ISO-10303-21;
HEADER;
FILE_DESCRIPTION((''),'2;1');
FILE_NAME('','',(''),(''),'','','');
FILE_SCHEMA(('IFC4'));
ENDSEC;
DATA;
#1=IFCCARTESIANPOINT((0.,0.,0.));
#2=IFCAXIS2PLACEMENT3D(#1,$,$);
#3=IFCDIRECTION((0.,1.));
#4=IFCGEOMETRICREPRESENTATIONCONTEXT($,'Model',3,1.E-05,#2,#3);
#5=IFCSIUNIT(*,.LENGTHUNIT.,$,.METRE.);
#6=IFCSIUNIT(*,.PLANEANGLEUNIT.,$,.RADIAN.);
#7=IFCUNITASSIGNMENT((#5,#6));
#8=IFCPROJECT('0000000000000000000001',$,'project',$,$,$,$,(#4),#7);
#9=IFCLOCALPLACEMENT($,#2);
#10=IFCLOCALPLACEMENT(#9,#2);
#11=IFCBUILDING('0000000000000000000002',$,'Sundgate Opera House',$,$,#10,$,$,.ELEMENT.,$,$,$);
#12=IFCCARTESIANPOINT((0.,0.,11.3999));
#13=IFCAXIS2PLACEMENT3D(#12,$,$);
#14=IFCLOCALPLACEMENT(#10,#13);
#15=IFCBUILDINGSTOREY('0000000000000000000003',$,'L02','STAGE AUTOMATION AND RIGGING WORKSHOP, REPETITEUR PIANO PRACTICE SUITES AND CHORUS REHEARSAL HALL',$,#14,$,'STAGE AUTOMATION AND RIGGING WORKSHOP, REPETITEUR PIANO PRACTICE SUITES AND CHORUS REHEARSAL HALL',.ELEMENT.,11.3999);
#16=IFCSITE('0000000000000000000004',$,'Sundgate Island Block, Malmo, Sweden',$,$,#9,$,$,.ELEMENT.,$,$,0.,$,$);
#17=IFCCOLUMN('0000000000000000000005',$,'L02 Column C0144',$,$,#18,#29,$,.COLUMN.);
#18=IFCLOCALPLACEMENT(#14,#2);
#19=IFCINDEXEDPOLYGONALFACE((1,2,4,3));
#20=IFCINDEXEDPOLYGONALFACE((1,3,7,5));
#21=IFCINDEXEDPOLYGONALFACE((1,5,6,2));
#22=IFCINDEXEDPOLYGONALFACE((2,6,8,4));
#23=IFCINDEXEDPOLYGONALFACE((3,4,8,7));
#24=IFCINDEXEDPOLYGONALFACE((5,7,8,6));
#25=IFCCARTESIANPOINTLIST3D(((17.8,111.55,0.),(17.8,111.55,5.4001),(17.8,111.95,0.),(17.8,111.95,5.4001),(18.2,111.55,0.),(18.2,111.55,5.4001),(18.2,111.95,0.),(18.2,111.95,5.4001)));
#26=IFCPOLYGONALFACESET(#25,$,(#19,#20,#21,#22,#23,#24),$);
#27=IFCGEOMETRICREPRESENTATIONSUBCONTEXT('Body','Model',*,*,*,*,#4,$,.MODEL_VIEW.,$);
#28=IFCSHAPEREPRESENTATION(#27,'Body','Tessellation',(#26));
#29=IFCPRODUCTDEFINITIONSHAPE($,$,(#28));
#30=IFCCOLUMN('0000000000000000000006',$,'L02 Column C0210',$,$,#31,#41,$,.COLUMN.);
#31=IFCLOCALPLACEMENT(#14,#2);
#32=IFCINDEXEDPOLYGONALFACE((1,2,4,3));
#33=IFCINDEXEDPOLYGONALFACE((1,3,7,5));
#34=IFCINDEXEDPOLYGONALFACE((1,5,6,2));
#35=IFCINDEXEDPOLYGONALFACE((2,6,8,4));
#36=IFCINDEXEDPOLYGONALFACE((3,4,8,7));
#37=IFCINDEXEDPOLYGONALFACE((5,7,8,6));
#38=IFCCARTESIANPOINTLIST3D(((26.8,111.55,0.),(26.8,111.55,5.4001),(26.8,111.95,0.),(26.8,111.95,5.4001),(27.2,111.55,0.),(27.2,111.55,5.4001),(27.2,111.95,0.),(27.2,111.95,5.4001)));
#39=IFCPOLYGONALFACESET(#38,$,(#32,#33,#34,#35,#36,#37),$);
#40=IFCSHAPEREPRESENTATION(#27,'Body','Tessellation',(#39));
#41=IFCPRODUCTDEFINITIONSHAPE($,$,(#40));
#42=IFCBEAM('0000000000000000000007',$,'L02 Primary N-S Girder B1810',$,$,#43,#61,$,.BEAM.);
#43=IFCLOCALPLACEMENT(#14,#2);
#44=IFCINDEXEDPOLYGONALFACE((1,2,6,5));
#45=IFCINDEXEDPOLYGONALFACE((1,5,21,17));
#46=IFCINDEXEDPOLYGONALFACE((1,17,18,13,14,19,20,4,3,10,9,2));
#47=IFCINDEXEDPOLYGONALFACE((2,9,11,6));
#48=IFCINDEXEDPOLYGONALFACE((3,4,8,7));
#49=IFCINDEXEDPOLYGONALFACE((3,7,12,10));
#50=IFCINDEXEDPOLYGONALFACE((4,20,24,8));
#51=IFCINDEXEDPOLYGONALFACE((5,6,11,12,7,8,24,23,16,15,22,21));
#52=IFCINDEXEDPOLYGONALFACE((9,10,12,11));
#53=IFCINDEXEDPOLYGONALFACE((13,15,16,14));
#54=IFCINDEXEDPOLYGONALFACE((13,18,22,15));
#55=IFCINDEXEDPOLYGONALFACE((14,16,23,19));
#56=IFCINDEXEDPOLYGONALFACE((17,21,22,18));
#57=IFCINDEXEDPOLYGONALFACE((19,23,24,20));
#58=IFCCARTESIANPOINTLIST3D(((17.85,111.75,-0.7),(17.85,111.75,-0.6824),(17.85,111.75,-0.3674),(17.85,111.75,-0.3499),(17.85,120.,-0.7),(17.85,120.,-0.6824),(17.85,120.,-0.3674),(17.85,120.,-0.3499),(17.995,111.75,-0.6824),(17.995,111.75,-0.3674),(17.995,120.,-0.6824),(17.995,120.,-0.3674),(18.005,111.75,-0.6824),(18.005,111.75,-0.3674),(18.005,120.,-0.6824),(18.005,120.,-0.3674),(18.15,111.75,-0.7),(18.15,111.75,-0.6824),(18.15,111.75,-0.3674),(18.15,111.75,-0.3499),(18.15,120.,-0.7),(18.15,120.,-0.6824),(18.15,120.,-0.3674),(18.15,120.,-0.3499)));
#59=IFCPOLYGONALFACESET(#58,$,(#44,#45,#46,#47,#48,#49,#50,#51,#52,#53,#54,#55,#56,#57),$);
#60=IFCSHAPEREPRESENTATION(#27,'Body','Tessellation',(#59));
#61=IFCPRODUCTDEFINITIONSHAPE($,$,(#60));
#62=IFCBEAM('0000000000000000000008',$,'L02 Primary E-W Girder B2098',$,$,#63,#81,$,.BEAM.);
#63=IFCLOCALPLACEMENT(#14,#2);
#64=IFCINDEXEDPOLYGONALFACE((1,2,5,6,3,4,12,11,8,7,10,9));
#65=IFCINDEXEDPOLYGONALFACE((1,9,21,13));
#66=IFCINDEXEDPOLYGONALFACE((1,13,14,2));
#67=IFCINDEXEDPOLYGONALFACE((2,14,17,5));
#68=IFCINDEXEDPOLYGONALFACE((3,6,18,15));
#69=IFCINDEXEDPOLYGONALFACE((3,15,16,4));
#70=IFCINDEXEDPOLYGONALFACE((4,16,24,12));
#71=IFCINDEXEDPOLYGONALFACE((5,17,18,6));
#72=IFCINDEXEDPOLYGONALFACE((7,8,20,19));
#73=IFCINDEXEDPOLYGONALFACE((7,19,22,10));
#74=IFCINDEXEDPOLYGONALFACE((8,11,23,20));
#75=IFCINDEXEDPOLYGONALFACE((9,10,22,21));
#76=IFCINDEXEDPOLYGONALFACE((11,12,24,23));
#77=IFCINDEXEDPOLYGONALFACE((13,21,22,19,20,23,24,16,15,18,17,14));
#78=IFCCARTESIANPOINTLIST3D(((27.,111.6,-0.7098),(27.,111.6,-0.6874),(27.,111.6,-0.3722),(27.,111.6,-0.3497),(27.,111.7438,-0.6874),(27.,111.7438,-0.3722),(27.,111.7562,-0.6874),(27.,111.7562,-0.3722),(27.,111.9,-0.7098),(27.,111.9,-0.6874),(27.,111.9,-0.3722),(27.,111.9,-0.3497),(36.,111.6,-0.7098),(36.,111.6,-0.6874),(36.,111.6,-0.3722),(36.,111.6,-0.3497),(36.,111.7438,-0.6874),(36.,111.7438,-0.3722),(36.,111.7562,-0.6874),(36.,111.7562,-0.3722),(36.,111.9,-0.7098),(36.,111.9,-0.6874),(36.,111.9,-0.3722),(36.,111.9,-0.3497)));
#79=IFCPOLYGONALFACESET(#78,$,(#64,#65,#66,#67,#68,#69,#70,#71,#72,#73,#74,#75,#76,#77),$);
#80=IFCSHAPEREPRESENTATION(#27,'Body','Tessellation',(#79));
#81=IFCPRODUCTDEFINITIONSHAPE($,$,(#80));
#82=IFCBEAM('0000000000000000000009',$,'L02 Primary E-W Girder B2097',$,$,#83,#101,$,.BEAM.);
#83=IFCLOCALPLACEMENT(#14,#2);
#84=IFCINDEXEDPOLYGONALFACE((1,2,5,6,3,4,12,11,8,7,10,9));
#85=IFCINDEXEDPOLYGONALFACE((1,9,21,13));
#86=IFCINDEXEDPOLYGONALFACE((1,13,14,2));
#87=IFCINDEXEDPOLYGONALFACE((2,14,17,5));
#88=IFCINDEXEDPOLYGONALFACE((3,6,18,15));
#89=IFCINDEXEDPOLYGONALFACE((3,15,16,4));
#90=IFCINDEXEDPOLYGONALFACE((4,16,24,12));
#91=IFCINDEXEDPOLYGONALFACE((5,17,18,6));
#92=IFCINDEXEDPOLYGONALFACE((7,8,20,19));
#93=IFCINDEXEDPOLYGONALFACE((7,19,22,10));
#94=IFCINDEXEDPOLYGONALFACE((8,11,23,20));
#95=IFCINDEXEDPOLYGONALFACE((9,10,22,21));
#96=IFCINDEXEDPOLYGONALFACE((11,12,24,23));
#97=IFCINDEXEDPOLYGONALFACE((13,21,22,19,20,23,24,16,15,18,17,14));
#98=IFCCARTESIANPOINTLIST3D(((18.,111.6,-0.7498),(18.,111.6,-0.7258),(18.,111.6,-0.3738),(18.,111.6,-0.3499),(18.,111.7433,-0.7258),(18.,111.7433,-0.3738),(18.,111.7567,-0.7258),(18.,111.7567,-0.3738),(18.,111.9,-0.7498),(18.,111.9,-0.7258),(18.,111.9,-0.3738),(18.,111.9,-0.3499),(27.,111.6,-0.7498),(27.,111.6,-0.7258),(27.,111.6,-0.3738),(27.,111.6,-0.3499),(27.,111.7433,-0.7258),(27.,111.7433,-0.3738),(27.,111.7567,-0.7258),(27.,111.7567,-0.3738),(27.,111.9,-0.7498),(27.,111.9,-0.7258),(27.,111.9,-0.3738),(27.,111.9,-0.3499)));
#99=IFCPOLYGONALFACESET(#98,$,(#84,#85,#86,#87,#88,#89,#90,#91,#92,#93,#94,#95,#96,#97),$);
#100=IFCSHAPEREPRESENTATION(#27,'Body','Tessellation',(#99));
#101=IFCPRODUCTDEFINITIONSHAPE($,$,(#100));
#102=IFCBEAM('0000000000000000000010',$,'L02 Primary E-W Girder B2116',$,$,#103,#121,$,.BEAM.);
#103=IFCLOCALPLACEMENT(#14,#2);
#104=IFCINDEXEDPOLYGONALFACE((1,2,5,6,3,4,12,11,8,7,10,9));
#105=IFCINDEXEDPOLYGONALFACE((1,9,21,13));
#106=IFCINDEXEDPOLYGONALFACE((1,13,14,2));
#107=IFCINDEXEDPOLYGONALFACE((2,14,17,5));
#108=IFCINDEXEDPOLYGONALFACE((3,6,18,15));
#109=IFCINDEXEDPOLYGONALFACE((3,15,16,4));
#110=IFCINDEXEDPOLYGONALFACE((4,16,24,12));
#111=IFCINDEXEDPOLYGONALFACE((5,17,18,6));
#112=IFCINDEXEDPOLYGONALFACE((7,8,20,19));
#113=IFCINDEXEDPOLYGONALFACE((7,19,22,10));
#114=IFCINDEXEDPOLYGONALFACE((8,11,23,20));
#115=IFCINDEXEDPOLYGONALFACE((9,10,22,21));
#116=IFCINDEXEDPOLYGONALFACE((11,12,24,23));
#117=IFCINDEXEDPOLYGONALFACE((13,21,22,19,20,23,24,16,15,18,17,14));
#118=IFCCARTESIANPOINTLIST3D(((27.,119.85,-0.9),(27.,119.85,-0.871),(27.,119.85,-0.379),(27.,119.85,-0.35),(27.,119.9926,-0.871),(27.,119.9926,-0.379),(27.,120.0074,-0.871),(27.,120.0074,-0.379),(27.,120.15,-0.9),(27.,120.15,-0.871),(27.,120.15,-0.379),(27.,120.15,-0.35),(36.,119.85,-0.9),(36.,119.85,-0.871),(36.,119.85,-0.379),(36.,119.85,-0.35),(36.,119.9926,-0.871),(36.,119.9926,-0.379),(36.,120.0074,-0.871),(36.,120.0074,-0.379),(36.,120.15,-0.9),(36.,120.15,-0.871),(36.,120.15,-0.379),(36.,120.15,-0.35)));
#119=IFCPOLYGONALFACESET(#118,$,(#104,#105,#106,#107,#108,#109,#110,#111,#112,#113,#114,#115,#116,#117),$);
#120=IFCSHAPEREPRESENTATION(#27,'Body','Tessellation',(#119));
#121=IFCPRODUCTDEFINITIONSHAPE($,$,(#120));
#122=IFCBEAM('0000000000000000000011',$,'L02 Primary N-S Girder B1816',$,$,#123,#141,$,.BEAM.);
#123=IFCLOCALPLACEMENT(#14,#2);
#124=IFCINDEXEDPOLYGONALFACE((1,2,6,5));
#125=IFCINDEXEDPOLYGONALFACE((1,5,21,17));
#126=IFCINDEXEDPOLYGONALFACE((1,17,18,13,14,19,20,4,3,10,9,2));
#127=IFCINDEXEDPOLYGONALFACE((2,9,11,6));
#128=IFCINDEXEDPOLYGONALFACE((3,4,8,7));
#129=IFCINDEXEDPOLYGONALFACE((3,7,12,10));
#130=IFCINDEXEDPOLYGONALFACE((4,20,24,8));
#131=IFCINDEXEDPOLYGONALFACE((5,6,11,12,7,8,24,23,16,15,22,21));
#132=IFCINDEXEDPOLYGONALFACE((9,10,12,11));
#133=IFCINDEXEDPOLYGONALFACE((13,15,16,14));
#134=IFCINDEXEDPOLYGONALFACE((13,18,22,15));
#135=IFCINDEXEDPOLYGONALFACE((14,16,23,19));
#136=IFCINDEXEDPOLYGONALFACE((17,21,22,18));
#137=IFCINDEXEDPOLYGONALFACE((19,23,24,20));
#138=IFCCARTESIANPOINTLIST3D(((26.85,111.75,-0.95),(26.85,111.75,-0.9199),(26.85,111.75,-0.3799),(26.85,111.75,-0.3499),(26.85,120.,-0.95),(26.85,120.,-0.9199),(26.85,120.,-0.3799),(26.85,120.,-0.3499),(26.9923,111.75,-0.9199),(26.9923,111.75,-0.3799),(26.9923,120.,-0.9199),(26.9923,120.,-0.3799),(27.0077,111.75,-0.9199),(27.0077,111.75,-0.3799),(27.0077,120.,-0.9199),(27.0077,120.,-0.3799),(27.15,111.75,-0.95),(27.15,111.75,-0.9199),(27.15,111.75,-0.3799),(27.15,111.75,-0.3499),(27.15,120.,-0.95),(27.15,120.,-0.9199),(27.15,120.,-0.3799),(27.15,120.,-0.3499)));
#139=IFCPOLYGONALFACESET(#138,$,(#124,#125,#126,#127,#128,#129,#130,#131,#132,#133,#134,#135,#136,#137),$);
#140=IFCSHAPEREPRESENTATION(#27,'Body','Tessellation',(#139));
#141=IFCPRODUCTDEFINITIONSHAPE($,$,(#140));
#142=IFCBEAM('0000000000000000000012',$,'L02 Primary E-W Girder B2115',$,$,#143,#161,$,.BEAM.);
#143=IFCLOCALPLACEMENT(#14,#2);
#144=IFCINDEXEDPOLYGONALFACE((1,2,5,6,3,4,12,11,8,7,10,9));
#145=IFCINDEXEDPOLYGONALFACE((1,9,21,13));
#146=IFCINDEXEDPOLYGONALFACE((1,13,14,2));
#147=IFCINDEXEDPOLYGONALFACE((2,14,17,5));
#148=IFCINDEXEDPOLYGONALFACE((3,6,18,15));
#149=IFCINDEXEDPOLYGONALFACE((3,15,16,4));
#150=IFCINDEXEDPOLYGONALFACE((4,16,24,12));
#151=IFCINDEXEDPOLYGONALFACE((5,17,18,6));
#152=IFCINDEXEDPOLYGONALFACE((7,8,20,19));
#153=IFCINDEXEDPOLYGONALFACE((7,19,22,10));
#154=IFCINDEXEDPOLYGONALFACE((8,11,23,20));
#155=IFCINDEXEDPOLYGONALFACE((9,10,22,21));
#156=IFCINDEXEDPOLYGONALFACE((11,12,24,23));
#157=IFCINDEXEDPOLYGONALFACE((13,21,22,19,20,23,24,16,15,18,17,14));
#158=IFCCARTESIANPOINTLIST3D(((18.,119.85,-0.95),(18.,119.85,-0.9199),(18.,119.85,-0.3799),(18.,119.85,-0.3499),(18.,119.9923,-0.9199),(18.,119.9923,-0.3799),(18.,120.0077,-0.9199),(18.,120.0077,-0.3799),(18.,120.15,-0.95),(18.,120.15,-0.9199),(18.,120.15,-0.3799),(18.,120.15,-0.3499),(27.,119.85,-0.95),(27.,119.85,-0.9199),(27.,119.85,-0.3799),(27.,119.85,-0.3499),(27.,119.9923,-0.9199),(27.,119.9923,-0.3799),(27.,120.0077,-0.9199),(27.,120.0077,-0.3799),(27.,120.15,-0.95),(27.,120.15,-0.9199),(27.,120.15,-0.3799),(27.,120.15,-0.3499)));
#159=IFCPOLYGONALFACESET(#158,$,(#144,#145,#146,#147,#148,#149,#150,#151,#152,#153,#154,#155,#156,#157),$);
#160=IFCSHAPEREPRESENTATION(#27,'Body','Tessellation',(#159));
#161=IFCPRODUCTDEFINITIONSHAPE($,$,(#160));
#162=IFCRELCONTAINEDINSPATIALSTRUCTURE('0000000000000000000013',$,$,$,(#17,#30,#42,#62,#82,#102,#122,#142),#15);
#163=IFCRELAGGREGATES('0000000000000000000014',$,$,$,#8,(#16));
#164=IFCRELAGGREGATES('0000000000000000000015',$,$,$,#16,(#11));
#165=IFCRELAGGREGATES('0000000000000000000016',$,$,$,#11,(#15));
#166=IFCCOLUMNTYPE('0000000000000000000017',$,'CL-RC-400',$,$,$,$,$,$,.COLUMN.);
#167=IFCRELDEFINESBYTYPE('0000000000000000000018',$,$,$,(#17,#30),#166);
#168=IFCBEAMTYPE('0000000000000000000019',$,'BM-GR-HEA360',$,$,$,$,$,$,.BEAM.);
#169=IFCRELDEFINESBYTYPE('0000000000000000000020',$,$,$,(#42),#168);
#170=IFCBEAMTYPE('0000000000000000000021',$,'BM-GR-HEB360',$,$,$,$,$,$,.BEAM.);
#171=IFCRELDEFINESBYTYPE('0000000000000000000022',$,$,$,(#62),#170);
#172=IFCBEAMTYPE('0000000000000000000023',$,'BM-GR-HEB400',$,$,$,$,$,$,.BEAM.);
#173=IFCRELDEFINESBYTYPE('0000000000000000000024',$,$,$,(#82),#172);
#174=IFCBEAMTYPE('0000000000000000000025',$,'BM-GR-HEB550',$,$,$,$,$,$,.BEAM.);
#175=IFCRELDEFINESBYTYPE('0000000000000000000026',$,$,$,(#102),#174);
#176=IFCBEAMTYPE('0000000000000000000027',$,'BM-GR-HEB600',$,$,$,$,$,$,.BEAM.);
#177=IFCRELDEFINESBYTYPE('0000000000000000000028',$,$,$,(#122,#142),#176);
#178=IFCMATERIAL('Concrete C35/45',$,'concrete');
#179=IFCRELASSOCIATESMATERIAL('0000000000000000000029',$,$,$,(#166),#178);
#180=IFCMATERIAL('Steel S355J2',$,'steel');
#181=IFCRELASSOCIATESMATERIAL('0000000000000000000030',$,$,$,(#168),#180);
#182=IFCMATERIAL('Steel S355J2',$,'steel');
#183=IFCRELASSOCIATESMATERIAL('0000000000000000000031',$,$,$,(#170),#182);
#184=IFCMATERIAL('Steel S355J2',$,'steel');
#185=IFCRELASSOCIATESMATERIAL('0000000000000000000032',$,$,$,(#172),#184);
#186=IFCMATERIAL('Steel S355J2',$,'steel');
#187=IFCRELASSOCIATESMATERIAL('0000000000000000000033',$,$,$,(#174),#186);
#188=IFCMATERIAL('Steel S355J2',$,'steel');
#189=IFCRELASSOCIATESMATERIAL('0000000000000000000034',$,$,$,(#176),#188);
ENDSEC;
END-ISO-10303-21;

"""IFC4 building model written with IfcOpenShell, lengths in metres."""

from ifc_helpers import new_model, si_unit, direction, frame, origin, origin_2d, place, context, subcontext, project, spatial, rectangle, i_section, extrude, material, material_profile, profile_set, type_object, element, save


model = new_model("IFC4")

# Units and contexts
model_context = context("Model", 3, precision=1e-05, world=origin(), true_north=direction((0.0, 1.0)))
body_context = subcontext(model_context, "Body", "Model", "MODEL_VIEW")
ifc_project = project(units=[si_unit("LENGTHUNIT", "METRE"), si_unit("PLANEANGLEUNIT", "RADIAN")], contexts=[model_context])

# Site, building, storey
site_placement = place(None, origin())
site = spatial("IfcSite", under=ifc_project, at=site_placement, Name="Sundgate Island Block, Malmo, Sweden", CompositionType="ELEMENT", RefElevation=0.0)
building_placement = place(site_placement, origin())
building = spatial("IfcBuilding", under=site, at=building_placement, Name="Sundgate Opera House", CompositionType="ELEMENT")
storey_placement = place(building_placement, frame((0.0, 0.0, 11.3999)))
storey = spatial("IfcBuildingStorey", under=building, at=storey_placement, Name="L02", Description="STAGE AUTOMATION AND RIGGING WORKSHOP, REPETITEUR PIANO PRACTICE SUITES AND CHORUS REHEARSAL HALL", LongName="STAGE AUTOMATION AND RIGGING WORKSHOP, REPETITEUR PIANO PRACTICE SUITES AND CHORUS REHEARSAL HALL", CompositionType="ELEMENT", Elevation=11.3999)

# Columns
ifc_material_1 = material(Name="Concrete C35/45", Category="concrete")
ifc_material_profile_1 = material_profile(ifc_material_1, rectangle(XDim=0.3999, YDim=0.3999, at=origin_2d()), Name="RC 400x400")
ifc_profile_set_1 = profile_set([ifc_material_profile_1], Name="Concrete C35/45")
column_type = type_object("IfcColumnType", Name="CL-RC-400", PredefinedType="COLUMN", material=ifc_profile_set_1)
for number, where, z_axis, x_axis, name in (
    (1, (18.0, 111.75, 0.0), (0.0, 0.0, 1.0), (1.0, 0.0, 0.0), "L02 Column C0144"),
    (2, (27.0, 111.75, 0.0), (0.0, 0.0, 1.0), (1.0, 0.0, 0.0), "L02 Column C0210"),
):
    element("IfcColumn", number, at=place(storey_placement, frame(where, z_axis=z_axis, x_axis=x_axis)), inside=storey, type_object=column_type, Name=name, PredefinedType="COLUMN", context=body_context, shape_type="SweptSolid", body=[
        extrude(rectangle(XDim=0.3999, YDim=0.3999, at=origin_2d()), origin(), (0.0, 0.0, 1.0), 5.4001),
    ])

# Beams
ifc_material_2 = material(Name="Steel S355J2", Category="steel")
ifc_material_profile_2 = material_profile(ifc_material_2, i_section(OverallWidth=0.3, OverallDepth=0.3501, WebThickness=0.01, FlangeThickness=0.0176, at=origin_2d()), Name="HEA 360")
ifc_profile_set_2 = profile_set([ifc_material_profile_2], Name="Steel S355J2")
beam_type_1 = type_object("IfcBeamType", Name="BM-GR-HEA360", PredefinedType="BEAM", material=ifc_profile_set_2)
beam_1_placement = place(storey_placement, frame((18.0, 111.75, -0.5249), z_axis=(0.0, 1.0, 0.0), x_axis=(-1.0, 0.0, 0.0)))
element("IfcBeam", 3, at=beam_1_placement, inside=storey, type_object=beam_type_1, Name="L02 Primary N-S Girder B1810", PredefinedType="BEAM", context=body_context, shape_type="SweptSolid", body=[
    extrude(i_section(OverallWidth=0.3, OverallDepth=0.3501, WebThickness=0.01, FlangeThickness=0.0176, at=origin_2d()), origin(), (0.0, 0.0, 1.0), 8.25),
])
ifc_material_3 = material(Name="Steel S355J2", Category="steel")
ifc_material_profile_3 = material_profile(ifc_material_3, i_section(OverallWidth=0.3, OverallDepth=0.3601, WebThickness=0.0125, FlangeThickness=0.0225, at=origin_2d()), Name="HEB 360")
ifc_profile_set_3 = profile_set([ifc_material_profile_3], Name="Steel S355J2")
beam_type_2 = type_object("IfcBeamType", Name="BM-GR-HEB360", PredefinedType="BEAM", material=ifc_profile_set_3)
beam_2_placement = place(storey_placement, frame((27.0, 111.75, -0.5298), z_axis=(1.0, 0.0, 0.0), x_axis=(0.0, 1.0, 0.0)))
element("IfcBeam", 4, at=beam_2_placement, inside=storey, type_object=beam_type_2, Name="L02 Primary E-W Girder B2098", PredefinedType="BEAM", context=body_context, shape_type="SweptSolid", body=[
    extrude(i_section(OverallWidth=0.3, OverallDepth=0.3601, WebThickness=0.0125, FlangeThickness=0.0225, at=origin_2d()), origin(), (0.0, 0.0, 1.0), 9.0),
])
ifc_material_4 = material(Name="Steel S355J2", Category="steel")
ifc_material_profile_4 = material_profile(ifc_material_4, i_section(OverallWidth=0.3, OverallDepth=0.3999, WebThickness=0.0134, FlangeThickness=0.0239, at=origin_2d()), Name="HEB 400")
ifc_profile_set_4 = profile_set([ifc_material_profile_4], Name="Steel S355J2")
beam_type_3 = type_object("IfcBeamType", Name="BM-GR-HEB400", PredefinedType="BEAM", material=ifc_profile_set_4)
beam_3_placement = place(storey_placement, frame((18.0, 111.75, -0.5498), z_axis=(1.0, 0.0, 0.0), x_axis=(0.0, 1.0, 0.0)))
element("IfcBeam", 5, at=beam_3_placement, inside=storey, type_object=beam_type_3, Name="L02 Primary E-W Girder B2097", PredefinedType="BEAM", context=body_context, shape_type="SweptSolid", body=[
    extrude(i_section(OverallWidth=0.3, OverallDepth=0.3999, WebThickness=0.0134, FlangeThickness=0.0239, at=origin_2d()), origin(), (0.0, 0.0, 1.0), 9.0),
])
ifc_material_5 = material(Name="Steel S355J2", Category="steel")
ifc_material_profile_5 = material_profile(ifc_material_5, i_section(OverallWidth=0.3, OverallDepth=0.55, WebThickness=0.0149, FlangeThickness=0.0291, at=origin_2d()), Name="HEB 550")
ifc_profile_set_5 = profile_set([ifc_material_profile_5], Name="Steel S355J2")
beam_type_4 = type_object("IfcBeamType", Name="BM-GR-HEB550", PredefinedType="BEAM", material=ifc_profile_set_5)
beam_4_placement = place(storey_placement, frame((27.0, 120.0, -0.625), z_axis=(1.0, 0.0, 0.0), x_axis=(0.0, 1.0, 0.0)))
element("IfcBeam", 6, at=beam_4_placement, inside=storey, type_object=beam_type_4, Name="L02 Primary E-W Girder B2116", PredefinedType="BEAM", context=body_context, shape_type="SweptSolid", body=[
    extrude(i_section(OverallWidth=0.3, OverallDepth=0.55, WebThickness=0.0149, FlangeThickness=0.0291, at=origin_2d()), origin(), (0.0, 0.0, 1.0), 9.0),
])
ifc_material_6 = material(Name="Steel S355J2", Category="steel")
ifc_material_profile_6 = material_profile(ifc_material_6, i_section(OverallWidth=0.3, OverallDepth=0.6001, WebThickness=0.0154, FlangeThickness=0.03, at=origin_2d()), Name="HEB 600")
ifc_profile_set_6 = profile_set([ifc_material_profile_6], Name="Steel S355J2")
beam_type_5 = type_object("IfcBeamType", Name="BM-GR-HEB600", PredefinedType="BEAM", material=ifc_profile_set_6)
beam_5_placement = place(storey_placement, frame((27.0, 111.75, -0.6499), z_axis=(0.0, 1.0, 0.0), x_axis=(-1.0, 0.0, 0.0)))
element("IfcBeam", 7, at=beam_5_placement, inside=storey, type_object=beam_type_5, Name="L02 Primary N-S Girder B1816", PredefinedType="BEAM", context=body_context, shape_type="SweptSolid", body=[
    extrude(i_section(OverallWidth=0.3, OverallDepth=0.6001, WebThickness=0.0154, FlangeThickness=0.03, at=origin_2d()), origin(), (0.0, 0.0, 1.0), 8.25),
])
beam_6_placement = place(storey_placement, frame((18.0, 120.0, -0.6499), z_axis=(1.0, 0.0, 0.0), x_axis=(0.0, 1.0, 0.0)))
element("IfcBeam", 8, at=beam_6_placement, inside=storey, type_object=beam_type_5, Name="L02 Primary E-W Girder B2115", PredefinedType="BEAM", context=body_context, shape_type="SweptSolid", body=[
    extrude(i_section(OverallWidth=0.3, OverallDepth=0.6001, WebThickness=0.0154, FlangeThickness=0.03, at=origin_2d()), origin(), (0.0, 0.0, 1.0), 9.0),
])

save(model, "model.ifc")
